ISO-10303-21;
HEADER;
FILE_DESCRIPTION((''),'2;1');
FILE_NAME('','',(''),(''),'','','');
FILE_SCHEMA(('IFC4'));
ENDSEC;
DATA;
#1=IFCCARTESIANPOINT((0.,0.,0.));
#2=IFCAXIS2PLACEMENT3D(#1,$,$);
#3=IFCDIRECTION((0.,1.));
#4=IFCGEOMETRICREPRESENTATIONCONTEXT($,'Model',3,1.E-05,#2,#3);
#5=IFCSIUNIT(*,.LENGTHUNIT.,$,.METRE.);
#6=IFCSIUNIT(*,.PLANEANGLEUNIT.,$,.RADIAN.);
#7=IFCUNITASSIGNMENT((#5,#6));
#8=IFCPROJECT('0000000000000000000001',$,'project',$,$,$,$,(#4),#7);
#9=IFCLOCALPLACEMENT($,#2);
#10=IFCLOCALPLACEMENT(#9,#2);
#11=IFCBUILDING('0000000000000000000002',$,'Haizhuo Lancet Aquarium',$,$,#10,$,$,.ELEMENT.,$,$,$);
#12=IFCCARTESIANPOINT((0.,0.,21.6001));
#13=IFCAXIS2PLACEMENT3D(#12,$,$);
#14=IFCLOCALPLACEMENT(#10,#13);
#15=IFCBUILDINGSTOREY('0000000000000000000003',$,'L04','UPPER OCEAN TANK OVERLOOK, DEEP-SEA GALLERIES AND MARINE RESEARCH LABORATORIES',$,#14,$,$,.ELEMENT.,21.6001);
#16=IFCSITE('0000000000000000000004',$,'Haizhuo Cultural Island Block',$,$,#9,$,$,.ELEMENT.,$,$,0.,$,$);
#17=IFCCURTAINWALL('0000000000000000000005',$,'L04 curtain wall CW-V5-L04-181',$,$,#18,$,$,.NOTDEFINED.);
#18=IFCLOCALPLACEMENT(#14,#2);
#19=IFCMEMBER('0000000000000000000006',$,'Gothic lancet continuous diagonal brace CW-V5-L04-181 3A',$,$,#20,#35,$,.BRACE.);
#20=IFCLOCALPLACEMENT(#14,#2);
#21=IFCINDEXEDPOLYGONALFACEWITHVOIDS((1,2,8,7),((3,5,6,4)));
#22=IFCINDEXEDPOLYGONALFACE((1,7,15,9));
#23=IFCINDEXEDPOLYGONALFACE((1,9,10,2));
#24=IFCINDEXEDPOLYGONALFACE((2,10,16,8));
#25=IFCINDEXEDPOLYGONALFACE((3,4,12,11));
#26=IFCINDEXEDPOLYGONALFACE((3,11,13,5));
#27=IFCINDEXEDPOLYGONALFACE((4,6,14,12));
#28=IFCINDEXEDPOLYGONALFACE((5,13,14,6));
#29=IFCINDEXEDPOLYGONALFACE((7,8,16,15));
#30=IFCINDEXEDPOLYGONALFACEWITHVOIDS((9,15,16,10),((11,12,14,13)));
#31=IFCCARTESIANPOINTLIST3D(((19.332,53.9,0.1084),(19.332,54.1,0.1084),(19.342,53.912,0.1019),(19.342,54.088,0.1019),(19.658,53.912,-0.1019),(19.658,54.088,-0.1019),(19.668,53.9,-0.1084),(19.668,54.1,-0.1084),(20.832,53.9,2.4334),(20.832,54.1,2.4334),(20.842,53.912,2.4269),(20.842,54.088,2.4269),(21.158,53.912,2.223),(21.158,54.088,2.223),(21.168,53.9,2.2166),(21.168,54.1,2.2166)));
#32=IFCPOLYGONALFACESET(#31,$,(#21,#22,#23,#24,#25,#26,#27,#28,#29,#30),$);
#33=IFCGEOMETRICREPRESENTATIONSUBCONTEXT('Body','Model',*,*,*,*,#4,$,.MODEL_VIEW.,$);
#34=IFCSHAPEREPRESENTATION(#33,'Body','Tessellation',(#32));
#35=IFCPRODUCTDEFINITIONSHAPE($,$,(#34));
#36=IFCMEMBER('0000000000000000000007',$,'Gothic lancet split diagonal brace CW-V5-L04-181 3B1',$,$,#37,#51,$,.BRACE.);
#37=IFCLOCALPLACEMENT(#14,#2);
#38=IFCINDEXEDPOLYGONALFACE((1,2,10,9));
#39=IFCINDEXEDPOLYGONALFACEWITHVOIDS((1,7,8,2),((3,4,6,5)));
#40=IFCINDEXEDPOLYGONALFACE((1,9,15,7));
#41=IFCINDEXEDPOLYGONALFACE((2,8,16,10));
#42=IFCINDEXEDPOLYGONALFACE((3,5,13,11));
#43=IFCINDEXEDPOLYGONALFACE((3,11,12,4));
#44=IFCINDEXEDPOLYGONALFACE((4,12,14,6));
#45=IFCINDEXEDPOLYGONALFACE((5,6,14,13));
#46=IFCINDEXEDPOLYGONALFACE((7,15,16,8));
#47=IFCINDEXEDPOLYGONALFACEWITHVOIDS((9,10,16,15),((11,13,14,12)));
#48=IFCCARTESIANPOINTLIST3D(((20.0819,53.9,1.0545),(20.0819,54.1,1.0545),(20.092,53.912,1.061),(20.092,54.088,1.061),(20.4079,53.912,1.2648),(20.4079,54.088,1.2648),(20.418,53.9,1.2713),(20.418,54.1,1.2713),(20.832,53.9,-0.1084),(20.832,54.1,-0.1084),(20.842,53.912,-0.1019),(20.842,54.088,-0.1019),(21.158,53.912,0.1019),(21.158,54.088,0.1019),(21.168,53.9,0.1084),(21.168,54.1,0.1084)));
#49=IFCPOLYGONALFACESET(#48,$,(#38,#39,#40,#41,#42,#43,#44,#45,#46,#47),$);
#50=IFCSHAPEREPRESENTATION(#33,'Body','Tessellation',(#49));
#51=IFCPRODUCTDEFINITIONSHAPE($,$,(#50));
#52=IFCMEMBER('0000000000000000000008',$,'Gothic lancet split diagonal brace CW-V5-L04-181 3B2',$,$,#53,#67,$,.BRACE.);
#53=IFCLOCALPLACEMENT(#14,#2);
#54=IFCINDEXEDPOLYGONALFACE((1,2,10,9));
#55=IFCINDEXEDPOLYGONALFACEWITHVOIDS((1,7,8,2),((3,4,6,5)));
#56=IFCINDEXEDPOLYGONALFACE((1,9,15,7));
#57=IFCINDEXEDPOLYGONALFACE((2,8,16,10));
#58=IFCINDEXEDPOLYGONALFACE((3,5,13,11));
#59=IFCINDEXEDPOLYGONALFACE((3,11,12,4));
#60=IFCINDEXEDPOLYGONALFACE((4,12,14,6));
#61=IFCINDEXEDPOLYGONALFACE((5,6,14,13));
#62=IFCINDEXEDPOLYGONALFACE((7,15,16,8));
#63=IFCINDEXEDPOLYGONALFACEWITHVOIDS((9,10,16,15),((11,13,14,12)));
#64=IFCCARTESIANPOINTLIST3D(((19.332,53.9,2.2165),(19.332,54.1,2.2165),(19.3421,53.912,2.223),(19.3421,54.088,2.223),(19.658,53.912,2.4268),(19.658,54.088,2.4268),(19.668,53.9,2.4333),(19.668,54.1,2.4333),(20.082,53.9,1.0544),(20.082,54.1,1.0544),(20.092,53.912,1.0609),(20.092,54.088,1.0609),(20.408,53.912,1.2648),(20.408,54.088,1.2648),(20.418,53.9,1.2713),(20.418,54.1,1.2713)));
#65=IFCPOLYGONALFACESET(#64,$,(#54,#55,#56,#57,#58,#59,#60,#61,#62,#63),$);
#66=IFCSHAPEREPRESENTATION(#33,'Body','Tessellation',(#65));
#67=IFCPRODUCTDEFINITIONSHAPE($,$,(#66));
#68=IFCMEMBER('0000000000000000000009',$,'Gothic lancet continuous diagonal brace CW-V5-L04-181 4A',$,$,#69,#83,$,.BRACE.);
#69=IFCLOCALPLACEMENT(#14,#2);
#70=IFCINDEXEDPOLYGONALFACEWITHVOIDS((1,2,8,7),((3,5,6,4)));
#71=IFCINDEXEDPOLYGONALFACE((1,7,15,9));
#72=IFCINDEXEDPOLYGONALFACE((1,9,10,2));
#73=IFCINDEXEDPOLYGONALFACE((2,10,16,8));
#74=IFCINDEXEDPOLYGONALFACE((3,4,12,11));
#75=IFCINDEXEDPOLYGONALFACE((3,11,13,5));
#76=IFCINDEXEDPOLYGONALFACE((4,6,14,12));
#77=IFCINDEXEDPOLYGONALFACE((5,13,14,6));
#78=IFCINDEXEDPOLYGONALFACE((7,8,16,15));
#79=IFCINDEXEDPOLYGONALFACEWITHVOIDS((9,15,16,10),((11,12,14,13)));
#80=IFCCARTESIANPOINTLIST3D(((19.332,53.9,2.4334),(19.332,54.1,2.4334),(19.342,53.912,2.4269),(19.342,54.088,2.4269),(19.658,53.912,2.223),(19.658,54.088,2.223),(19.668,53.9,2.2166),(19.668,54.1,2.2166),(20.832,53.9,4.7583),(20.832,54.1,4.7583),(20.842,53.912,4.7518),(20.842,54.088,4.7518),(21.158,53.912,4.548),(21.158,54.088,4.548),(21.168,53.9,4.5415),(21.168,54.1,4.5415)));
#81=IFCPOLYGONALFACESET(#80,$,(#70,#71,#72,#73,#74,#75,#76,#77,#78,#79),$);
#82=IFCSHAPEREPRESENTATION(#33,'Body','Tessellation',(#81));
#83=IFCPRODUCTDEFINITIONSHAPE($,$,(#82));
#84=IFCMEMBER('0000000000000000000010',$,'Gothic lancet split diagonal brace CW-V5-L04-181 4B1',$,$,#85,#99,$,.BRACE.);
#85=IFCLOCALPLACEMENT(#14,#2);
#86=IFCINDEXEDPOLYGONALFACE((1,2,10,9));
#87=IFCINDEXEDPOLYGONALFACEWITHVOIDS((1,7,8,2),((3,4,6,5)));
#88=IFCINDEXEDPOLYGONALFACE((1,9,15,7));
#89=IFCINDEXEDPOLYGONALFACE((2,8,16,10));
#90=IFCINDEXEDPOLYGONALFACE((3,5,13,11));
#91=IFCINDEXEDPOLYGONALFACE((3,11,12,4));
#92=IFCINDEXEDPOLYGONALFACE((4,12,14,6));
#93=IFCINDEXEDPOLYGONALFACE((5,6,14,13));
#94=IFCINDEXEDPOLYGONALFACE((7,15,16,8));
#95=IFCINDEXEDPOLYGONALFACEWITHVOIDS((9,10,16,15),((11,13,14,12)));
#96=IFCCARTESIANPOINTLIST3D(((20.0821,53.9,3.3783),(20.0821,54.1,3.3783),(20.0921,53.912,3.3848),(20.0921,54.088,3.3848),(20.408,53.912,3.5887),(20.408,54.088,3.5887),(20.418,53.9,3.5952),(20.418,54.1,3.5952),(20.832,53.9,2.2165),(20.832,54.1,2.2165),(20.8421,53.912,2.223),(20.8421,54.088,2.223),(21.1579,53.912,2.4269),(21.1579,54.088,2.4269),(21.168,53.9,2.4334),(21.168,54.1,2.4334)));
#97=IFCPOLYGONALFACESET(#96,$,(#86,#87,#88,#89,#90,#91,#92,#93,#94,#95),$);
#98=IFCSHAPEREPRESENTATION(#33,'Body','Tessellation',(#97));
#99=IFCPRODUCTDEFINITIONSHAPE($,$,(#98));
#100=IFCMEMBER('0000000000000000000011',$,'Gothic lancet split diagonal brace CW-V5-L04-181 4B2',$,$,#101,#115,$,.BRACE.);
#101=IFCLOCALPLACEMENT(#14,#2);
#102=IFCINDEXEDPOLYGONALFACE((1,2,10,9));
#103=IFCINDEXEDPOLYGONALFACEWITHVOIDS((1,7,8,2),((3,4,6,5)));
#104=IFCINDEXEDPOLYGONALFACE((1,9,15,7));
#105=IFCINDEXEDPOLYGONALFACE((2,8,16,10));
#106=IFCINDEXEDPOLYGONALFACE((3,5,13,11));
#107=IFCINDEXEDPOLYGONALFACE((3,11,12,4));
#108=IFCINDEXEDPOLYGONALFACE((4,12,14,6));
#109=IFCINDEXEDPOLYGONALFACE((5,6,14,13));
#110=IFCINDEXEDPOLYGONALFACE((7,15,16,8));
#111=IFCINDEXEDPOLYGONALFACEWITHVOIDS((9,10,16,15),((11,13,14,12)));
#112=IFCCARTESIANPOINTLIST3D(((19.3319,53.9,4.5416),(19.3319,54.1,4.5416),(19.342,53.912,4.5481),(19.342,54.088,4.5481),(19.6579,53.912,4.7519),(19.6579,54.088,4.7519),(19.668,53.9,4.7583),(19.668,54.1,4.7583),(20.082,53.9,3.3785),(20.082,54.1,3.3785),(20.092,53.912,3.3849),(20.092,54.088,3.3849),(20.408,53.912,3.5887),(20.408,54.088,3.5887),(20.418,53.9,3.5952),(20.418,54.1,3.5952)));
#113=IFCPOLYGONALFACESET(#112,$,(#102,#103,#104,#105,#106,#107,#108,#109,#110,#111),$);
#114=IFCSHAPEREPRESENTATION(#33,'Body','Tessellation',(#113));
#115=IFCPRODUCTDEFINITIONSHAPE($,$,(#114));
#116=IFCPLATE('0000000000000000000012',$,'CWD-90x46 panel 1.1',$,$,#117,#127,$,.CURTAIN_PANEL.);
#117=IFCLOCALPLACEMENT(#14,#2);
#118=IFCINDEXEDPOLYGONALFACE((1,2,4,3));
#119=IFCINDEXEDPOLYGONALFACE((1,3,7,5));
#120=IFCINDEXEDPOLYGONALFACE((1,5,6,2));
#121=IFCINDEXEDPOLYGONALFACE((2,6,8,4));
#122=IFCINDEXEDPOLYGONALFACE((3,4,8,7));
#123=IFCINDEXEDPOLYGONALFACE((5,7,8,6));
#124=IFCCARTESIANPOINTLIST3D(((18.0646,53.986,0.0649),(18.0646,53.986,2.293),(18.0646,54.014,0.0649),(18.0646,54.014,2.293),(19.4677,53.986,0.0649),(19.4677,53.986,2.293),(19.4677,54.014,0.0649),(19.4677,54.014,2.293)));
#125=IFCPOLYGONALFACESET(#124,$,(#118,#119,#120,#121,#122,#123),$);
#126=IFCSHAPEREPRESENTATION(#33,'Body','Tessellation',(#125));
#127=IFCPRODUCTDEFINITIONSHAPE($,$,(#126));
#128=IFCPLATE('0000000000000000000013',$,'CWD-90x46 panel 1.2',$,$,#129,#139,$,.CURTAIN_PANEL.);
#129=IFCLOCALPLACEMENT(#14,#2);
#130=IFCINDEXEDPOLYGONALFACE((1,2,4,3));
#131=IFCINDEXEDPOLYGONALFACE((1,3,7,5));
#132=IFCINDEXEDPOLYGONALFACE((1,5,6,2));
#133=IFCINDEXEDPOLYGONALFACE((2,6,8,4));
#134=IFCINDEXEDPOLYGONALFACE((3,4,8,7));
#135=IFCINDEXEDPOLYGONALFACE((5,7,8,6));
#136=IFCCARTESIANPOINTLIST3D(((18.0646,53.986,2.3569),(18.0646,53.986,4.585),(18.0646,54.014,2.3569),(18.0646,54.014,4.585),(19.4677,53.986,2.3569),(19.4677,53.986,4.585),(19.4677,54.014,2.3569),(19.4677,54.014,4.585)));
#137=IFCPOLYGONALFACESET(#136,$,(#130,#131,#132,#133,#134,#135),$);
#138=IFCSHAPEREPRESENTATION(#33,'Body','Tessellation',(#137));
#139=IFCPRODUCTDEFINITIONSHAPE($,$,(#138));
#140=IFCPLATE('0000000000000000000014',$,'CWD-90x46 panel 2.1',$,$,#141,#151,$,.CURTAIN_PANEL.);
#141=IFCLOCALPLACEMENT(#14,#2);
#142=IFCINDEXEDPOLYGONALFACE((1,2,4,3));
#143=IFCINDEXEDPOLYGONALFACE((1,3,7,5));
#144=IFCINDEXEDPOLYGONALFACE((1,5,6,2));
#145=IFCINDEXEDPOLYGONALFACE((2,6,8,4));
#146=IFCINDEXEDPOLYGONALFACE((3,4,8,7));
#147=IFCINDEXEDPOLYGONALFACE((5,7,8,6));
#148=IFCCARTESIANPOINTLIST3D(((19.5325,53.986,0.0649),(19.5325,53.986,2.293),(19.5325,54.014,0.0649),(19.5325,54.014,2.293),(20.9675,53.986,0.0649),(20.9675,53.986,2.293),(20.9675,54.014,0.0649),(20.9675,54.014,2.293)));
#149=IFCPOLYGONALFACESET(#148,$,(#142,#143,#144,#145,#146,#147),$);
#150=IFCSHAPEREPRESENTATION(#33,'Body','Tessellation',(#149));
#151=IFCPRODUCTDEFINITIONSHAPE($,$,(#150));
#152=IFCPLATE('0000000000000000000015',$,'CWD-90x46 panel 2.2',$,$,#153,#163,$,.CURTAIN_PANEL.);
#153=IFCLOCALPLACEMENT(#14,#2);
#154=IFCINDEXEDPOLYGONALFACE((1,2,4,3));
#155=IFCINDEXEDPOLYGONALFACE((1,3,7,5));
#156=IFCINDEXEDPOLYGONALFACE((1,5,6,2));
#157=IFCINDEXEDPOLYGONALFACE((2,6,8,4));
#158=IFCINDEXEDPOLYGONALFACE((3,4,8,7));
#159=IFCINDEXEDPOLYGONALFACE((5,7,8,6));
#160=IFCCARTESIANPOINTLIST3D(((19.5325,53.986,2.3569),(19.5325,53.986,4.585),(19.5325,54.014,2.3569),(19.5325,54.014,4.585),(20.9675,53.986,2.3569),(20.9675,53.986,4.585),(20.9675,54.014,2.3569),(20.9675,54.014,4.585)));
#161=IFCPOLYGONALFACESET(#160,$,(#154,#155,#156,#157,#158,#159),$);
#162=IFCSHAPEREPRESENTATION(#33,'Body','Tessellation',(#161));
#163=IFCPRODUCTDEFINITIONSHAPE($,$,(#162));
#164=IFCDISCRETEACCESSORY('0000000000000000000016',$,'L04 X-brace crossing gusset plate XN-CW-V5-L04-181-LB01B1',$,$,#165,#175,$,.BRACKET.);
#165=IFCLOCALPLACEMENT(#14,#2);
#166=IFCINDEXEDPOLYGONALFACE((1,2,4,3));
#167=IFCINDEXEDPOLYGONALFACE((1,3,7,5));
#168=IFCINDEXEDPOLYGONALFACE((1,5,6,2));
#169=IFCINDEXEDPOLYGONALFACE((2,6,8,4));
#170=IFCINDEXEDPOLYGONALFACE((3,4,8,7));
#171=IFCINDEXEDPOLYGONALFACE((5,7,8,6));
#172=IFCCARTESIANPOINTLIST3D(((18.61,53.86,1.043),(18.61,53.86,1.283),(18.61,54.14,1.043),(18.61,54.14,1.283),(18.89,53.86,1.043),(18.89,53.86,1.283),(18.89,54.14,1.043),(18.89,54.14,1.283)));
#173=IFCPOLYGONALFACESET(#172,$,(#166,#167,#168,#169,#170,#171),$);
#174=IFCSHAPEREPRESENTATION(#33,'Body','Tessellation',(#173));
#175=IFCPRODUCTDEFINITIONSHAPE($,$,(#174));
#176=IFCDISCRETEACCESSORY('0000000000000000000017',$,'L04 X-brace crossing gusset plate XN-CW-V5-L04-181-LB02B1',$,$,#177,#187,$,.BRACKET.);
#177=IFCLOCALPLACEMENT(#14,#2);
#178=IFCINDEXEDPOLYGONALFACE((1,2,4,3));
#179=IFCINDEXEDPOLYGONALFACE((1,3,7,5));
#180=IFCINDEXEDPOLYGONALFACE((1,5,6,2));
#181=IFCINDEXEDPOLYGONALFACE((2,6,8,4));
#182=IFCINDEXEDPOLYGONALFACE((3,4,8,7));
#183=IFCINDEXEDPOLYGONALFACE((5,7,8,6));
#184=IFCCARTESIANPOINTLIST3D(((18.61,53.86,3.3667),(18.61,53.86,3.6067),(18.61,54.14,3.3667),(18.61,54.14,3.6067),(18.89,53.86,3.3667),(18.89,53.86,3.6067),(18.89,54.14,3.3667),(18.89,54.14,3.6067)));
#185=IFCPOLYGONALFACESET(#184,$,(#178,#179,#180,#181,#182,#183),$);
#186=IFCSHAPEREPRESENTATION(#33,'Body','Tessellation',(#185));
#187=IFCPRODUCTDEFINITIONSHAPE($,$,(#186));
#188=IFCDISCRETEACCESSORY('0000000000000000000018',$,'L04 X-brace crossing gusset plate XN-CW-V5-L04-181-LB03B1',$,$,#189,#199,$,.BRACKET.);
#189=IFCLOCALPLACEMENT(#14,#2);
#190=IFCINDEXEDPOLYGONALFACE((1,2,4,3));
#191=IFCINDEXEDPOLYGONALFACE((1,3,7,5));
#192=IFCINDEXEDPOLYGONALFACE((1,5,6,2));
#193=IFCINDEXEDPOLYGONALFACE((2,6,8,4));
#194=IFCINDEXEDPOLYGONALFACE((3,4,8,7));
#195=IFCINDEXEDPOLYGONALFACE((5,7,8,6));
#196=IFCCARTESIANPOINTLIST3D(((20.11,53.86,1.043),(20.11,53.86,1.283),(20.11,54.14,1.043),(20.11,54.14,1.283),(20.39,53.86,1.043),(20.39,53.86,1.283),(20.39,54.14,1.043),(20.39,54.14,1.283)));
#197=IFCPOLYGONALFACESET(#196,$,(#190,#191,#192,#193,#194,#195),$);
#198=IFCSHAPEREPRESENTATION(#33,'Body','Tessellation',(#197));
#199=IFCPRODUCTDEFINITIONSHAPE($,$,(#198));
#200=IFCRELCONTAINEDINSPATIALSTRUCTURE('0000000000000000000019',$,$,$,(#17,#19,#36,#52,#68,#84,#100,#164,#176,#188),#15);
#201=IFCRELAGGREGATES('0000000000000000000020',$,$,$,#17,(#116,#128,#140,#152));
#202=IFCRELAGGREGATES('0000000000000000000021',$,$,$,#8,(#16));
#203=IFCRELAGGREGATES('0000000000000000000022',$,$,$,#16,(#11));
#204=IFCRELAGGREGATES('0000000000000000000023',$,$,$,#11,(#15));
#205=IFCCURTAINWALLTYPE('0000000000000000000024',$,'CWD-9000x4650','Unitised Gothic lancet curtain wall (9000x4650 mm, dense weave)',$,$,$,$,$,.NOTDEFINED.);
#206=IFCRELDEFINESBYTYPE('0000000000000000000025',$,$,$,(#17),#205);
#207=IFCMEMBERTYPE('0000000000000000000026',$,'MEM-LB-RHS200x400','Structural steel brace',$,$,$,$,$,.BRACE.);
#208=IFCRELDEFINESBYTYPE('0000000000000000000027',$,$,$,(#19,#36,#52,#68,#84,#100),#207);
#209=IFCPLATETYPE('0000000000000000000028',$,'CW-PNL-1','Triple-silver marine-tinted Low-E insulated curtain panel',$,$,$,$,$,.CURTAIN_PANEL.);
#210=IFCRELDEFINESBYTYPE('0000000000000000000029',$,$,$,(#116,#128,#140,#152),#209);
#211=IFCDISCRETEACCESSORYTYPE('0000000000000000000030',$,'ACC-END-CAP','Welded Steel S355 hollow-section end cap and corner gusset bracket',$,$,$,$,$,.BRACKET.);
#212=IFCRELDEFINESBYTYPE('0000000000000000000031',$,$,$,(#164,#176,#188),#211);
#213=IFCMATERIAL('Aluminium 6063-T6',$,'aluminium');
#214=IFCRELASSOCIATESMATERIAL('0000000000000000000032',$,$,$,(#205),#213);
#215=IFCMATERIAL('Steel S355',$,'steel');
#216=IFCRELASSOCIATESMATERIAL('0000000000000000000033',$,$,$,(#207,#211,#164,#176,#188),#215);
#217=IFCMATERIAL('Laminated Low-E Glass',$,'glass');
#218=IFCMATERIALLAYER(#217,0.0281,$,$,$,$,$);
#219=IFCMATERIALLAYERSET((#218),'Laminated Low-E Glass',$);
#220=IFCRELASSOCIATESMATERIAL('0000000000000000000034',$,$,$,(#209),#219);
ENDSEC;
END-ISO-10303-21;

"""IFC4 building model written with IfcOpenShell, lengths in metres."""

from ifc_helpers import new_model, si_unit, direction, frame, origin, origin_2d, place, context, subcontext, project, spatial, rectangle, hollow_rectangle, extrude, material, layer, layer_set, material_profile, profile_set, type_object, element, aggregate, save


model = new_model("IFC4")

# Units and contexts
model_context = context("Model", 3, precision=1e-05, world=origin(), true_north=direction((0.0, 1.0)))
body_context = subcontext(model_context, "Body", "Model", "MODEL_VIEW")
ifc_project = project(units=[si_unit("LENGTHUNIT", "METRE"), si_unit("PLANEANGLEUNIT", "RADIAN")], contexts=[model_context])

# Site, building, storey
site_placement = place(None, origin())
site = spatial("IfcSite", under=ifc_project, at=site_placement, Name="Haizhuo Cultural Island Block", CompositionType="ELEMENT", RefElevation=0.0)
building_placement = place(site_placement, origin())
building = spatial("IfcBuilding", under=site, at=building_placement, Name="Haizhuo Lancet Aquarium", CompositionType="ELEMENT")
storey_placement = place(building_placement, frame((0.0, 0.0, 21.6001)))
storey = spatial("IfcBuildingStorey", under=building, at=storey_placement, Name="L04", Description="UPPER OCEAN TANK OVERLOOK, DEEP-SEA GALLERIES AND MARINE RESEARCH LABORATORIES", CompositionType="ELEMENT", Elevation=21.6001)

# Curtain wall
ifc_material_1 = material(Name="Aluminium 6063-T6", Category="aluminium")
curtain_wall_type = type_object("IfcCurtainWallType", Name="CWD-9000x4650", Description="Unitised Gothic lancet curtain wall (9000x4650 mm, dense weave)", PredefinedType="NOTDEFINED", material=ifc_material_1)
curtain_wall_placement = place(storey_placement, origin())
curtain_wall = element("IfcCurtainWall", 1, at=curtain_wall_placement, inside=storey, type_object=curtain_wall_type, Name="L04 curtain wall CW-V5-L04-181", PredefinedType="NOTDEFINED")

# Members
ifc_material_2 = material(Name="Steel S355", Category="steel")
ifc_material_profile_1 = material_profile(ifc_material_2, hollow_rectangle(XDim=0.2, YDim=0.3999, WallThickness=0.012, at=origin_2d()), Name="RHS 200x400x12")
ifc_profile_set_1 = profile_set([ifc_material_profile_1], Name="Steel S355")
member_type_1 = type_object("IfcMemberType", Name="MEM-LB-RHS200x400", Description="Structural steel brace", PredefinedType="BRACE", material=ifc_profile_set_1)
member_1_placement = place(storey_placement, frame((19.5, 54.0, 0.0), z_axis=(0.542135, 0.0, 0.840291), x_axis=(0.0, 1.0, 0.0)))
element("IfcMember", 2, at=member_1_placement, inside=storey, type_object=member_type_1, Name="Gothic lancet continuous diagonal brace CW-V5-L04-181 3A", PredefinedType="BRACE", context=body_context, shape_type="SweptSolid", body=[
    extrude(hollow_rectangle(XDim=0.2, YDim=0.3999, WallThickness=0.012, at=origin_2d()), origin(), (0.0, 0.0, 1.0), 2.7668),
])
member_2_placement = place(storey_placement, frame((21.0, 54.0, 0.0), z_axis=(-0.542014, 0.0, 0.840369), x_axis=(0.0, -1.0, 0.0)))
element("IfcMember", 3, at=member_2_placement, inside=storey, type_object=member_type_1, Name="Gothic lancet split diagonal brace CW-V5-L04-181 3B1", PredefinedType="BRACE", context=body_context, shape_type="SweptSolid", body=[
    extrude(hollow_rectangle(XDim=0.2, YDim=0.3999, WallThickness=0.012, at=origin_2d()), origin(), (0.0, 0.0, 1.0), 1.3838),
])
member_3_placement = place(storey_placement, frame((20.25, 54.0, 1.1628), z_axis=(-0.542256, 0.0, 0.840214), x_axis=(0.0, -1.0, 0.0)))
element("IfcMember", 4, at=member_3_placement, inside=storey, type_object=member_type_1, Name="Gothic lancet split diagonal brace CW-V5-L04-181 3B2", PredefinedType="BRACE", context=body_context, shape_type="SweptSolid", body=[
    extrude(hollow_rectangle(XDim=0.2, YDim=0.3999, WallThickness=0.012, at=origin_2d()), origin(), (0.0, 0.0, 1.0), 1.3831),
])
member_4_placement = place(storey_placement, frame((19.5, 54.0, 2.325), z_axis=(0.542135, 0.0, 0.840291), x_axis=(0.0, 1.0, 0.0)))
element("IfcMember", 5, at=member_4_placement, inside=storey, type_object=member_type_1, Name="Gothic lancet continuous diagonal brace CW-V5-L04-181 4A", PredefinedType="BRACE", context=body_context, shape_type="SweptSolid", body=[
    extrude(hollow_rectangle(XDim=0.2, YDim=0.3999, WallThickness=0.012, at=origin_2d()), origin(), (0.0, 0.0, 1.0), 2.7668),
])
member_5_placement = place(storey_placement, frame((21.0, 54.0, 2.325), z_axis=(-0.542336, 0.0, 0.840162), x_axis=(0.0, -1.0, 0.0)))
element("IfcMember", 6, at=member_5_placement, inside=storey, type_object=member_type_1, Name="Gothic lancet split diagonal brace CW-V5-L04-181 4B1", PredefinedType="BRACE", context=body_context, shape_type="SweptSolid", body=[
    extrude(hollow_rectangle(XDim=0.2, YDim=0.3999, WallThickness=0.012, at=origin_2d()), origin(), (0.0, 0.0, 1.0), 1.3828),
])
member_6_placement = place(storey_placement, frame((20.25, 54.0, 3.4868), z_axis=(-0.541934, 0.0, 0.840421), x_axis=(0.0, -1.0, 0.0)))
element("IfcMember", 7, at=member_6_placement, inside=storey, type_object=member_type_1, Name="Gothic lancet split diagonal brace CW-V5-L04-181 4B2", PredefinedType="BRACE", context=body_context, shape_type="SweptSolid", body=[
    extrude(hollow_rectangle(XDim=0.2, YDim=0.3999, WallThickness=0.012, at=origin_2d()), origin(), (0.0, 0.0, 1.0), 1.384),
])

# Plates
ifc_material_3 = material(Name="Laminated Low-E Glass", Category="glass")
ifc_layer_1 = layer(ifc_material_3, 0.0281)
ifc_layer_set_1 = layer_set([ifc_layer_1], Name="Laminated Low-E Glass")
plate_type = type_object("IfcPlateType", Name="CW-PNL-1", Description="Triple-silver marine-tinted Low-E insulated curtain panel", PredefinedType="CURTAIN_PANEL", material=ifc_layer_set_1)
plate_1_placement = place(storey_placement, frame((18.7661, 54.0, 0.0649), z_axis=(0.0, 0.0, 1.0), x_axis=(1.0, 0.0, 0.0)))
plate_1 = element("IfcPlate", 8, at=plate_1_placement, type_object=plate_type, Name="CWD-90x46 panel 1.1", PredefinedType="CURTAIN_PANEL", context=body_context, shape_type="SweptSolid", body=[
    extrude(rectangle(XDim=1.4031, YDim=0.0281, at=origin_2d()), origin(), (0.0, 0.0, 1.0), 2.228),
])
plate_2_placement = place(storey_placement, frame((18.7661, 54.0, 2.3569), z_axis=(0.0, 0.0, 1.0), x_axis=(1.0, 0.0, 0.0)))
plate_2 = element("IfcPlate", 9, at=plate_2_placement, type_object=plate_type, Name="CWD-90x46 panel 1.2", PredefinedType="CURTAIN_PANEL", context=body_context, shape_type="SweptSolid", body=[
    extrude(rectangle(XDim=1.4031, YDim=0.0281, at=origin_2d()), origin(), (0.0, 0.0, 1.0), 2.228),
])
plate_3_placement = place(storey_placement, frame((20.25, 54.0, 0.0649), z_axis=(0.0, 0.0, 1.0), x_axis=(1.0, 0.0, 0.0)))
plate_3 = element("IfcPlate", 10, at=plate_3_placement, type_object=plate_type, Name="CWD-90x46 panel 2.1", PredefinedType="CURTAIN_PANEL", context=body_context, shape_type="SweptSolid", body=[
    extrude(rectangle(XDim=1.4351, YDim=0.0281, at=origin_2d()), origin(), (0.0, 0.0, 1.0), 2.228),
])
plate_4_placement = place(storey_placement, frame((20.25, 54.0, 2.3569), z_axis=(0.0, 0.0, 1.0), x_axis=(1.0, 0.0, 0.0)))
plate_4 = element("IfcPlate", 11, at=plate_4_placement, type_object=plate_type, Name="CWD-90x46 panel 2.2", PredefinedType="CURTAIN_PANEL", context=body_context, shape_type="SweptSolid", body=[
    extrude(rectangle(XDim=1.4351, YDim=0.0281, at=origin_2d()), origin(), (0.0, 0.0, 1.0), 2.228),
])
aggregate(curtain_wall, [plate_1, plate_2, plate_3, plate_4])

# Discrete accessories
discrete_accessory_type = type_object("IfcDiscreteAccessoryType", Name="ACC-END-CAP", Description="Welded Steel S355 hollow-section end cap and corner gusset bracket", PredefinedType="BRACKET", material=ifc_material_2)
for number, where, z_axis, x_axis, name in (
    (12, (18.75, 54.0, 1.043), (0.0, 0.0, 1.0), (1.0, 0.0, 0.0), "L04 X-brace crossing gusset plate XN-CW-V5-L04-181-LB01B1"),
    (13, (18.75, 54.0, 3.3667), (0.0, 0.0, 1.0), (1.0, 0.0, 0.0), "L04 X-brace crossing gusset plate XN-CW-V5-L04-181-LB02B1"),
    (14, (20.25, 54.0, 1.043), (0.0, 0.0, 1.0), (1.0, 0.0, 0.0), "L04 X-brace crossing gusset plate XN-CW-V5-L04-181-LB03B1"),
):
    element("IfcDiscreteAccessory", number, at=place(storey_placement, frame(where, z_axis=z_axis, x_axis=x_axis)), inside=storey, type_object=discrete_accessory_type, material=ifc_material_2, Name=name, PredefinedType="BRACKET", context=body_context, shape_type="SweptSolid", body=[
        extrude(rectangle(XDim=0.28, YDim=0.28, at=origin_2d()), origin(), (0.0, 0.0, 1.0), 0.24),
    ])

save(model, "model.ifc")
